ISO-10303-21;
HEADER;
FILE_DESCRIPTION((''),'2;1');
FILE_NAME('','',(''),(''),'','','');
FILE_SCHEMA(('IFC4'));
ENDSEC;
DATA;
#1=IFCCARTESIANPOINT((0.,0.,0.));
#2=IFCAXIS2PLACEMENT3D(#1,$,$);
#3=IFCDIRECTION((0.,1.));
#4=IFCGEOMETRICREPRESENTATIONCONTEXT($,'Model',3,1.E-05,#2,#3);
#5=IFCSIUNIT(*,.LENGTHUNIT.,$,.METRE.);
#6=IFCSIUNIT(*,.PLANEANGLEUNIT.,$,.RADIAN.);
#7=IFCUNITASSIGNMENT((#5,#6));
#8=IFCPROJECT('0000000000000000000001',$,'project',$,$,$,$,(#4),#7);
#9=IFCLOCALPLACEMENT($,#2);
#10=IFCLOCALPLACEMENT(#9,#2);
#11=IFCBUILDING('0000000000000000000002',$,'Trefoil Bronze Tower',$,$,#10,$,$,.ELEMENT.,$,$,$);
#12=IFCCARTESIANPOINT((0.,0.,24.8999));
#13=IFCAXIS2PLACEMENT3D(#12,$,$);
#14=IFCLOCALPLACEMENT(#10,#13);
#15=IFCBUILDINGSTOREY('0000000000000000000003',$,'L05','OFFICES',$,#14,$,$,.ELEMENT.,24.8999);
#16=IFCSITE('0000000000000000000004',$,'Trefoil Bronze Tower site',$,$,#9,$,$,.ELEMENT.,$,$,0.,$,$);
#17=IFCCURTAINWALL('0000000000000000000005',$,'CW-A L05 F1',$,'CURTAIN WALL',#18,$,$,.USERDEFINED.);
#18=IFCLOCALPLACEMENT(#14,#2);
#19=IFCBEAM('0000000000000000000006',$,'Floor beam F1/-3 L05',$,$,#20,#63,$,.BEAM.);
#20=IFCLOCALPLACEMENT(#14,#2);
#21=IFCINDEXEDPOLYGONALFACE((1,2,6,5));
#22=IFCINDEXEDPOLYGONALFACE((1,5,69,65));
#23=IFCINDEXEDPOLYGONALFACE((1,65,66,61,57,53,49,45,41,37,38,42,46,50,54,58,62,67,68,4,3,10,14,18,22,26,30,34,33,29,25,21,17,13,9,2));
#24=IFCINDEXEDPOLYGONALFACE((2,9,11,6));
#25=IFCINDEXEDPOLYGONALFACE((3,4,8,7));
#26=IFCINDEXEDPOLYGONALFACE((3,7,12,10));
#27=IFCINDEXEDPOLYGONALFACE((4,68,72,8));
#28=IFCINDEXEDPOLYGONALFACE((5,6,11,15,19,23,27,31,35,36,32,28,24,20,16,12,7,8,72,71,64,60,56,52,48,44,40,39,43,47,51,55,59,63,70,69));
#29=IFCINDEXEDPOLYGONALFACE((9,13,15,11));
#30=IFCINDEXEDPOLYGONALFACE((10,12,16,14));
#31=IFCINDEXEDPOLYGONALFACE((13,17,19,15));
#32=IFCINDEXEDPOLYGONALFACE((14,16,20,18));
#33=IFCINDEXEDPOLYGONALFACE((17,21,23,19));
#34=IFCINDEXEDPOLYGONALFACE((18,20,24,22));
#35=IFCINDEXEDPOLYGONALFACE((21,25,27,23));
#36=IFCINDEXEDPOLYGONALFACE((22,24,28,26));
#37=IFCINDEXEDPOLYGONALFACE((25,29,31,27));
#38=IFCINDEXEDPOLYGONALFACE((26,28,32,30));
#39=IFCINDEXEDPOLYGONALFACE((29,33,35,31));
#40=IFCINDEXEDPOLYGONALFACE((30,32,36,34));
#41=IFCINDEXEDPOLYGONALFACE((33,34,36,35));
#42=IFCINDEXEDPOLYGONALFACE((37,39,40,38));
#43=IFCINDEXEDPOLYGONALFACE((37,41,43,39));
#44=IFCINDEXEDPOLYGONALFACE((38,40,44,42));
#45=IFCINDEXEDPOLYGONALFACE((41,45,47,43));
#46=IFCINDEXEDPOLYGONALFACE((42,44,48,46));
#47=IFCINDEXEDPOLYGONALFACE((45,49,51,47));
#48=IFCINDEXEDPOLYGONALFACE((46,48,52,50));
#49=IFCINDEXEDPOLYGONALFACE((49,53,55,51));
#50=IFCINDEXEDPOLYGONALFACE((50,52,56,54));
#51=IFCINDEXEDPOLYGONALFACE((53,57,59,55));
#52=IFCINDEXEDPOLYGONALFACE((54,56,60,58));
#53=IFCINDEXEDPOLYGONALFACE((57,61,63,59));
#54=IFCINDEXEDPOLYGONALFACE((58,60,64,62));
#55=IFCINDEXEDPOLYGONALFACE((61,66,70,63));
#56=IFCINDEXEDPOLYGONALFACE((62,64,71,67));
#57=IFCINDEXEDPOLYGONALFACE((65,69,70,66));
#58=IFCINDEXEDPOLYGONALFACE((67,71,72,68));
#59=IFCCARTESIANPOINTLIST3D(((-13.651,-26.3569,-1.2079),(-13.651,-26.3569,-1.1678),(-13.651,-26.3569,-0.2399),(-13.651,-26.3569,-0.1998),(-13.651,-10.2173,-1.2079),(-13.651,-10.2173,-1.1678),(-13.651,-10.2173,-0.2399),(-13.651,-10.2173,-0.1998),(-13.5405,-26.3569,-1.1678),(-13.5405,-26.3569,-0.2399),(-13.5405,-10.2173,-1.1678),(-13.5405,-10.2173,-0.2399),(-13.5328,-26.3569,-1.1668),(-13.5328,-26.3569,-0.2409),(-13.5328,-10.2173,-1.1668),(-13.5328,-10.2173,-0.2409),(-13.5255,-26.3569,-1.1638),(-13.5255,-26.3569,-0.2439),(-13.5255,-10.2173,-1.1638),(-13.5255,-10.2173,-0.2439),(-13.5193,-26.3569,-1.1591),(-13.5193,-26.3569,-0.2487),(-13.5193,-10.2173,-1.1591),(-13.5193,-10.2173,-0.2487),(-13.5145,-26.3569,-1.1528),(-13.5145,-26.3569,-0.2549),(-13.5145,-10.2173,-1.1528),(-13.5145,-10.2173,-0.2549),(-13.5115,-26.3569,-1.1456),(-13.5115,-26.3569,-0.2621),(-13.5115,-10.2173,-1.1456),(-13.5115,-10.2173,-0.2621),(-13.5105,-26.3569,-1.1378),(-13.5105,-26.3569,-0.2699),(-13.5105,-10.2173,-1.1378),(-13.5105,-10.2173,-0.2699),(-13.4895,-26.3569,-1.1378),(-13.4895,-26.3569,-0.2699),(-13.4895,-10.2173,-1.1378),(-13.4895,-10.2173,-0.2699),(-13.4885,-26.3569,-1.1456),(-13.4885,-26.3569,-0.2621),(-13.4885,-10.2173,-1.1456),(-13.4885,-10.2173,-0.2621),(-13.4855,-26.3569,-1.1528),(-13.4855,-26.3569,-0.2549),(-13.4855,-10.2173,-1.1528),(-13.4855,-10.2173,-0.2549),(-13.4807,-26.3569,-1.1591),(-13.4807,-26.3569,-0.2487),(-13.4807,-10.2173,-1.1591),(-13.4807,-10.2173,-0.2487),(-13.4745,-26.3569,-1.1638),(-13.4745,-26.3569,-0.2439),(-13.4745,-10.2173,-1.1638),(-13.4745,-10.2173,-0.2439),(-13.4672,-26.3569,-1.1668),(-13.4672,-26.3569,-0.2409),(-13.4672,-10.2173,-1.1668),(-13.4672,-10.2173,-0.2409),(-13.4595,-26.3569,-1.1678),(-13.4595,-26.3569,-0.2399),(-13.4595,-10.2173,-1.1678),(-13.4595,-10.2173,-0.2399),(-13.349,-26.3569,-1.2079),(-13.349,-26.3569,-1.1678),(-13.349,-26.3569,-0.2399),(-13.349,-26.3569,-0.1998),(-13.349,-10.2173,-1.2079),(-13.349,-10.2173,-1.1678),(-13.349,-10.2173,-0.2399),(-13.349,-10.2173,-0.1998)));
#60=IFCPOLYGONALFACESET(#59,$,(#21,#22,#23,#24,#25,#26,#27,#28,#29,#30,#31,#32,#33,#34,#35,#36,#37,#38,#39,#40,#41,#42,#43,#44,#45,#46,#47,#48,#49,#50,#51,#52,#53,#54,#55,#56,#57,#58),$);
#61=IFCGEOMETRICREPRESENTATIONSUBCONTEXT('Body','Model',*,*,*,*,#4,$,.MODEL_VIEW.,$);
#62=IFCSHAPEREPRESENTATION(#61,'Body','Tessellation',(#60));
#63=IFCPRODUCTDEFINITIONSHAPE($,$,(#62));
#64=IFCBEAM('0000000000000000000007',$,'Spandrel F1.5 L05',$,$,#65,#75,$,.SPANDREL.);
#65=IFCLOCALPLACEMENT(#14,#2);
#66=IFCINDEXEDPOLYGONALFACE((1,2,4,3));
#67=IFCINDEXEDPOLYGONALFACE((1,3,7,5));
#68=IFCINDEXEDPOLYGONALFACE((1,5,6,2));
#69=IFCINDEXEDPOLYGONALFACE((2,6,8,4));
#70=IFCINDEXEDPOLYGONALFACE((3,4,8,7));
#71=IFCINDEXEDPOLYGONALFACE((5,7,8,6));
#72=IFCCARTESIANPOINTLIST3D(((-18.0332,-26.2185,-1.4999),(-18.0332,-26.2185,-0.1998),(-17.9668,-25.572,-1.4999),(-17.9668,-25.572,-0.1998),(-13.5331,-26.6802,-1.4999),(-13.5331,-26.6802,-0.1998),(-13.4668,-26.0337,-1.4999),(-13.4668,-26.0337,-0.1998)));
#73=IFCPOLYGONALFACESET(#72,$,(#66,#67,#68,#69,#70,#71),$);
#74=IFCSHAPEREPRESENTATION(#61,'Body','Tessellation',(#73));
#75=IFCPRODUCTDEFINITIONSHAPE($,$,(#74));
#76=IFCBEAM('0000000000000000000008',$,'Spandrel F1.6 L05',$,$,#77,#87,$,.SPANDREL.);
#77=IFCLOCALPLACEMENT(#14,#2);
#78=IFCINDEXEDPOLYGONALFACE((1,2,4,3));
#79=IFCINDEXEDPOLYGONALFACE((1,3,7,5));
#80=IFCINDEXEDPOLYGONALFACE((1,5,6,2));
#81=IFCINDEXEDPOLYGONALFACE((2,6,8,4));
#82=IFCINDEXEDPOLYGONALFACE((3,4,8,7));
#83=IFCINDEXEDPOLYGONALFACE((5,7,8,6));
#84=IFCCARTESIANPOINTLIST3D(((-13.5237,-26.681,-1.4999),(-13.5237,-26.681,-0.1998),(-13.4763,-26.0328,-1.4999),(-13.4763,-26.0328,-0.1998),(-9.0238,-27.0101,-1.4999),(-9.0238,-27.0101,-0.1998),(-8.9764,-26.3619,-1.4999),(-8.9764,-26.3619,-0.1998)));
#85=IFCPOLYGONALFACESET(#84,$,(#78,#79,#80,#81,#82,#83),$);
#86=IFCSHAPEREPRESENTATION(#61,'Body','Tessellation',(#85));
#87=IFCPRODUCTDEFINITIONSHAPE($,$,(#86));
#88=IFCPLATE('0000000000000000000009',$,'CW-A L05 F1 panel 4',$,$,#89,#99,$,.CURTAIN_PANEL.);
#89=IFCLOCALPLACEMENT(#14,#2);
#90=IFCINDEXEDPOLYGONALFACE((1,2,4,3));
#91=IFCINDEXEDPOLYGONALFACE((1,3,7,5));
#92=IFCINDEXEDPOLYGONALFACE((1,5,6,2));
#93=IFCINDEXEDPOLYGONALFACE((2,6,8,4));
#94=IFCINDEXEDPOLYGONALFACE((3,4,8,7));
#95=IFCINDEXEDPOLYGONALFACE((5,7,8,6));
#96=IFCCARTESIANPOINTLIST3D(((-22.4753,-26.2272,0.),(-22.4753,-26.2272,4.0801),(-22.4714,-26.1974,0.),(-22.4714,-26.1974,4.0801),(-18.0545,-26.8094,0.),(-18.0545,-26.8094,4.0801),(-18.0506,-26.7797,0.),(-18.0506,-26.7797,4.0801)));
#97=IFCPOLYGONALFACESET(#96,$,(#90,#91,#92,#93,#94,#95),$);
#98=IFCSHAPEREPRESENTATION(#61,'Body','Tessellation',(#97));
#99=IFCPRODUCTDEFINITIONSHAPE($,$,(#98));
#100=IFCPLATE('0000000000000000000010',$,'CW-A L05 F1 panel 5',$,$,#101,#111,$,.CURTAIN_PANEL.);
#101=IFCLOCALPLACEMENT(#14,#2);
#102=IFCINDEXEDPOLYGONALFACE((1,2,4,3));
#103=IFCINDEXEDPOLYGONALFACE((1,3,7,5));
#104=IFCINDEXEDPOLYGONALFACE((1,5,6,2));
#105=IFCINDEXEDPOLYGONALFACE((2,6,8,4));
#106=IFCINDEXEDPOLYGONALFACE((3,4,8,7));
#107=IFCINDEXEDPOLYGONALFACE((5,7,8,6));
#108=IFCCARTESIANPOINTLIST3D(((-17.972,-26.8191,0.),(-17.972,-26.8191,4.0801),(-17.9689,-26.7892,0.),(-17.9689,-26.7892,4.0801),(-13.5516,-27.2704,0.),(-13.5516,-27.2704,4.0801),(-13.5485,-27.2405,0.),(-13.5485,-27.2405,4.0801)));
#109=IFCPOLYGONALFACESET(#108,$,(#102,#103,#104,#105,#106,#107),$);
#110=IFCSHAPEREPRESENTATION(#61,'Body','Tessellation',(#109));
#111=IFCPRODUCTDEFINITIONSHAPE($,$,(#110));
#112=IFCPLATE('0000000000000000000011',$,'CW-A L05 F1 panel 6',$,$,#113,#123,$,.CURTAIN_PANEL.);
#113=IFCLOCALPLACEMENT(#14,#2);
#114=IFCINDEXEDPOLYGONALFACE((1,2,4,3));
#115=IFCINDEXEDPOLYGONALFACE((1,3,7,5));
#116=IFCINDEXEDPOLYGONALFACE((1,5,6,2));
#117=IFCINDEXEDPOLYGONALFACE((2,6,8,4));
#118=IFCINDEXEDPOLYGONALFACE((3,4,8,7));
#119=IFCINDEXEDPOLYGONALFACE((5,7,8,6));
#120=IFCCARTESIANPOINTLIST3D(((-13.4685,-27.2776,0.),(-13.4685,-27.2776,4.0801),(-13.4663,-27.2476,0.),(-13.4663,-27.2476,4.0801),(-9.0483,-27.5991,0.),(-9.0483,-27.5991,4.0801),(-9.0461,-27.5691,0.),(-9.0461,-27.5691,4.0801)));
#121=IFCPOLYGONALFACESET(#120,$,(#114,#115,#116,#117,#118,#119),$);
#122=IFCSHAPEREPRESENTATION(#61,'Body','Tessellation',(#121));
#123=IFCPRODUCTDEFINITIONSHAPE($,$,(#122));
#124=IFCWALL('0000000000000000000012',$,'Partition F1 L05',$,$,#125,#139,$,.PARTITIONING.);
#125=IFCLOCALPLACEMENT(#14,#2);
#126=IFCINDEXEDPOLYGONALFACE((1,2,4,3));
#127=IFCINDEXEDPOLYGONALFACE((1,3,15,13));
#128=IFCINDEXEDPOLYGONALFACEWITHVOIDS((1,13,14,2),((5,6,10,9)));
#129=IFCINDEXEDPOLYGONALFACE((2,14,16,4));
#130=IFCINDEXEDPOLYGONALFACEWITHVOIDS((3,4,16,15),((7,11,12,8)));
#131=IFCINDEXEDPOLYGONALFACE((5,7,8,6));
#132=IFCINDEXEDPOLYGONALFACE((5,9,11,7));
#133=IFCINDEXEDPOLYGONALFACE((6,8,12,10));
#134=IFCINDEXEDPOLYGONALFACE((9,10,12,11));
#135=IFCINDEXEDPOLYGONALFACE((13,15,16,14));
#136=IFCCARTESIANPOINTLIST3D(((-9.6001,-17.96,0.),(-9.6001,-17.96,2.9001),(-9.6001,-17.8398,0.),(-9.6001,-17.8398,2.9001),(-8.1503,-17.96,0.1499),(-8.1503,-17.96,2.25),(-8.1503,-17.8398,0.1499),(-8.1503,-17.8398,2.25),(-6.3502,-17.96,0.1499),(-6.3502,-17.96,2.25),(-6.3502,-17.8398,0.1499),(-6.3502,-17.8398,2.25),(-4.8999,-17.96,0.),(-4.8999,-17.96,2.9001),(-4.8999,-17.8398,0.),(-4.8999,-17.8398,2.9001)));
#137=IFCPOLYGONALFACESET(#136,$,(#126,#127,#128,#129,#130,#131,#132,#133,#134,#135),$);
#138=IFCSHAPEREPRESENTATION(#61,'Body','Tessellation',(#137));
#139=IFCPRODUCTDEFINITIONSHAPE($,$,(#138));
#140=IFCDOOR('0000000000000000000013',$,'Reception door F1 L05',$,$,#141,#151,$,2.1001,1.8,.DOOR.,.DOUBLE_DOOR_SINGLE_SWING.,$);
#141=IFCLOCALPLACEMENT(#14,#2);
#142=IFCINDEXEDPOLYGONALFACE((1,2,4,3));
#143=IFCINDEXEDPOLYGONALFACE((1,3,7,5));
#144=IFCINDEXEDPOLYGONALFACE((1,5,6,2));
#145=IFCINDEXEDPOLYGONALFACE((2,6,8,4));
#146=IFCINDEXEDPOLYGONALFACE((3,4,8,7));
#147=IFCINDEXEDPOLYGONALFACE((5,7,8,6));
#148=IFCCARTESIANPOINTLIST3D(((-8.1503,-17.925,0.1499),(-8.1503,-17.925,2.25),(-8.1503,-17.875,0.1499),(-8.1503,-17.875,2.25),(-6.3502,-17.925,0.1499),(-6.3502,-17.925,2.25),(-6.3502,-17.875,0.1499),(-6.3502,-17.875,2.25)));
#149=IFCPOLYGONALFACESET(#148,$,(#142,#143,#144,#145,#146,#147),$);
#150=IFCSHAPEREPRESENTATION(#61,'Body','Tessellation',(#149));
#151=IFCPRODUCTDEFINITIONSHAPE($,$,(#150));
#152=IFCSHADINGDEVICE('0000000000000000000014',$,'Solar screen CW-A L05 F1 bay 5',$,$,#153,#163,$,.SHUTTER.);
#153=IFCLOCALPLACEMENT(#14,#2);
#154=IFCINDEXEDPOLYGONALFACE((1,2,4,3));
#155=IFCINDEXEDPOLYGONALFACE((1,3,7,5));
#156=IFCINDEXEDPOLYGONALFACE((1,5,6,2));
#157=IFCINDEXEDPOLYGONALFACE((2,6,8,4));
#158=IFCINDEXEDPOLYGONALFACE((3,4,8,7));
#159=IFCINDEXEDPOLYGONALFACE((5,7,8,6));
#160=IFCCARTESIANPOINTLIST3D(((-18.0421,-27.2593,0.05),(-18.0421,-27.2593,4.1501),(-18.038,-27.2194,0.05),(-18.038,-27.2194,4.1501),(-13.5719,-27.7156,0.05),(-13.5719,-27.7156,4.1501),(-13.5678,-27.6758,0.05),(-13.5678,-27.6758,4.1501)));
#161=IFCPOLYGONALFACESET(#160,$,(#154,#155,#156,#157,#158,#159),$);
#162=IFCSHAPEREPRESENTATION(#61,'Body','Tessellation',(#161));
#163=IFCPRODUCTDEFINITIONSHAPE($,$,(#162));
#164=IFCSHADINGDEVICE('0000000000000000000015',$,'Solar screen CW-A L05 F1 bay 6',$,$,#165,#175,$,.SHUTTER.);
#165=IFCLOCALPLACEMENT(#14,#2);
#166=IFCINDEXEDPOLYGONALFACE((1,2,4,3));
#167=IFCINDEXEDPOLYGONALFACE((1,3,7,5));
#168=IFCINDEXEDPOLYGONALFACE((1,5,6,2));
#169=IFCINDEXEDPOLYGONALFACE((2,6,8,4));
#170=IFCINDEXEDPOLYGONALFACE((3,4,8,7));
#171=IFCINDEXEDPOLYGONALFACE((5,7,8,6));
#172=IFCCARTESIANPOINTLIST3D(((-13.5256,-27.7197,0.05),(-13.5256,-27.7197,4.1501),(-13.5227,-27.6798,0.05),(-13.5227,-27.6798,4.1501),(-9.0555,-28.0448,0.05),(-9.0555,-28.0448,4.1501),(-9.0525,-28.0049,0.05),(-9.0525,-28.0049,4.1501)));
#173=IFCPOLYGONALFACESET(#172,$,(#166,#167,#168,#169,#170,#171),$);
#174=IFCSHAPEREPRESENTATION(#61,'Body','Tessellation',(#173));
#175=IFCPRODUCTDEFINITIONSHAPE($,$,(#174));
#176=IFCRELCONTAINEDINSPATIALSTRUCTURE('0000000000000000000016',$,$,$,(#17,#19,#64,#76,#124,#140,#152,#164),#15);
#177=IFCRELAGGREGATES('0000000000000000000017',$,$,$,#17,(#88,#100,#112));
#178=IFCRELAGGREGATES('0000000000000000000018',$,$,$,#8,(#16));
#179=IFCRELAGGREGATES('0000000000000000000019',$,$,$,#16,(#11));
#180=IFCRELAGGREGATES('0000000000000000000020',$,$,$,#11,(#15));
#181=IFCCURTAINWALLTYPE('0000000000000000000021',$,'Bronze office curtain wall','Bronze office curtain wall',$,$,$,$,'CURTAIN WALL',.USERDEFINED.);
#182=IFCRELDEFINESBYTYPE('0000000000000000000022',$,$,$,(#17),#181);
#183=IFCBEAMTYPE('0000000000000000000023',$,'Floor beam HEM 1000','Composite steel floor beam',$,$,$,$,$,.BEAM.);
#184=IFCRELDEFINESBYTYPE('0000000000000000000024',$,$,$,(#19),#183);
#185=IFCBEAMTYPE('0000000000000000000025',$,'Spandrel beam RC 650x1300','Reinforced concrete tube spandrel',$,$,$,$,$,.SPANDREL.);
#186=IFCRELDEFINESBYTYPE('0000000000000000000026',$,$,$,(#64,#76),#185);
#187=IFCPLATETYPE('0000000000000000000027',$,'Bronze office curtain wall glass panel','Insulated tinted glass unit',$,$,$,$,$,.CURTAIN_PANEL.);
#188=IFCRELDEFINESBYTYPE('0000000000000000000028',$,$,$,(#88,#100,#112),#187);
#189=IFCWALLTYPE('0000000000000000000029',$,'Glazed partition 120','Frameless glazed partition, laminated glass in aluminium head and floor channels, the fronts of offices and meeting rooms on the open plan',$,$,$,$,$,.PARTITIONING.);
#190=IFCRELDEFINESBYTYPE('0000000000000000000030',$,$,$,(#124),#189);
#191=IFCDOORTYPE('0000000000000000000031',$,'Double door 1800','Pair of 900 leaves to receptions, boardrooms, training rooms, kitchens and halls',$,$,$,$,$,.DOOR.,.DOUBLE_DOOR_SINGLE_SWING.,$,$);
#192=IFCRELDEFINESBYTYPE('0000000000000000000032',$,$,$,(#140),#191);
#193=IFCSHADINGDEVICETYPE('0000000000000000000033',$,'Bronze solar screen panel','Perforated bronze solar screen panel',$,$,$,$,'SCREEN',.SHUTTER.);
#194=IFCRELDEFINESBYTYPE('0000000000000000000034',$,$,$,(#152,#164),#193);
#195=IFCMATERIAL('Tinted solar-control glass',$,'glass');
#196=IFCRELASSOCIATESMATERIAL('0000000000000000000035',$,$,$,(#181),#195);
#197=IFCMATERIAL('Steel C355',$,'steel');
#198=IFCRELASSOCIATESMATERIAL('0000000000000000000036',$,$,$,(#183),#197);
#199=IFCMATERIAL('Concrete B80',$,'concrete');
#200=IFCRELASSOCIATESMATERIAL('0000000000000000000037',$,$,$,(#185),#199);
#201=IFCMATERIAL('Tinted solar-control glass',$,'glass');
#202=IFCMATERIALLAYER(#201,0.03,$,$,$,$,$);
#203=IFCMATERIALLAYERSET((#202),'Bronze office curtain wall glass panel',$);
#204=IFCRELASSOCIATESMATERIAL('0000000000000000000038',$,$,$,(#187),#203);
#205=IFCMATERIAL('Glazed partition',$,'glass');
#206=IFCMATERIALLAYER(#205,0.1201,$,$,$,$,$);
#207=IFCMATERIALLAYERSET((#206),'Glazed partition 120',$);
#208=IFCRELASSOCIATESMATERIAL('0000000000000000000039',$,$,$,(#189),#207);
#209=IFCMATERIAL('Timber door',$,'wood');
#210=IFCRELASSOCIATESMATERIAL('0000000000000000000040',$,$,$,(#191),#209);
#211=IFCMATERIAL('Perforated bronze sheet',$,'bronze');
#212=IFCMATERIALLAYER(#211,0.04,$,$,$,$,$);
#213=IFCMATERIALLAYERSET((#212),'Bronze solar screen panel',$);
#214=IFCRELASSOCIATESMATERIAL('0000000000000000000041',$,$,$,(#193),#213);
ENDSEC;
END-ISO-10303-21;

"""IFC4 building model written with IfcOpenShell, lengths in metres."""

from ifc_helpers import new_model, si_unit, direction, frame, frame_2d, origin, origin_2d, place, context, subcontext, project, spatial, rectangle, i_section, extrude, material, layer, layer_set, material_profile, profile_set, type_object, element, fill, aggregate, save


model = new_model("IFC4")

# Units and contexts
model_context = context("Model", 3, precision=1e-05, world=origin(), true_north=direction((0.0, 1.0)))
body_context = subcontext(model_context, "Body", "Model", "MODEL_VIEW")
ifc_project = project(units=[si_unit("LENGTHUNIT", "METRE"), si_unit("PLANEANGLEUNIT", "RADIAN")], contexts=[model_context])

# Site, building, storey
site_placement = place(None, origin())
site = spatial("IfcSite", under=ifc_project, at=site_placement, Name="Trefoil Bronze Tower site", CompositionType="ELEMENT", RefElevation=0.0)
building_placement = place(site_placement, origin())
building = spatial("IfcBuilding", under=site, at=building_placement, Name="Trefoil Bronze Tower", CompositionType="ELEMENT")
storey_placement = place(building_placement, frame((0.0, 0.0, 24.8999)))
storey = spatial("IfcBuildingStorey", under=building, at=storey_placement, Name="L05", Description="OFFICES", CompositionType="ELEMENT", Elevation=24.8999)

# Curtain wall
ifc_material_1 = material(Name="Tinted solar-control glass", Category="glass")
curtain_wall_type = type_object("IfcCurtainWallType", Name="Bronze office curtain wall", Description="Bronze office curtain wall", ElementType="CURTAIN WALL", PredefinedType="USERDEFINED", material=ifc_material_1)
curtain_wall_placement = place(storey_placement, origin())
curtain_wall = element("IfcCurtainWall", 1, at=curtain_wall_placement, inside=storey, type_object=curtain_wall_type, Name="CW-A L05 F1", ObjectType="CURTAIN WALL", PredefinedType="USERDEFINED")

# Beams
ifc_material_2 = material(Name="Steel C355", Category="steel")
ifc_material_profile_1 = material_profile(ifc_material_2, i_section(OverallWidth=0.302, OverallDepth=1.0081, WebThickness=0.021, FlangeThickness=0.04, FilletRadius=0.03, at=origin_2d()), Name="HEM 1000")
ifc_profile_set_1 = profile_set([ifc_material_profile_1], Name="Steel C355")
beam_type_1 = type_object("IfcBeamType", Name="Floor beam HEM 1000", Description="Composite steel floor beam", PredefinedType="BEAM", material=ifc_profile_set_1)
beam_1_placement = place(storey_placement, frame((-13.5, -26.3569, -0.7039), z_axis=(0.0, 1.0, 0.0), x_axis=(-1.0, 0.0, 0.0)))
element("IfcBeam", 2, at=beam_1_placement, inside=storey, type_object=beam_type_1, Name="Floor beam F1/-3 L05", PredefinedType="BEAM", context=body_context, shape_type="SweptSolid", body=[
    extrude(i_section(OverallWidth=0.302, OverallDepth=1.0081, WebThickness=0.021, FlangeThickness=0.04, FilletRadius=0.03, at=origin_2d()), origin(), (0.0, 0.0, 1.0), 16.1396),
])
ifc_material_3 = material(Name="Concrete B80", Category="concrete")
ifc_material_profile_2 = material_profile(ifc_material_3, rectangle(XDim=0.6499, YDim=1.3, at=origin_2d()), Name="RC 650x1300")
ifc_profile_set_2 = profile_set([ifc_material_profile_2], Name="Concrete B80")
beam_type_2 = type_object("IfcBeamType", Name="Spandrel beam RC 650x1300", Description="Reinforced concrete tube spandrel", PredefinedType="SPANDREL", material=ifc_profile_set_2)
beam_2_placement = place(storey_placement, frame((-18.0, -25.8953, -0.8499), z_axis=(0.994778, -0.102058, 0.0), x_axis=(0.102058, 0.994778, 0.0)))
element("IfcBeam", 3, at=beam_2_placement, inside=storey, type_object=beam_type_2, Name="Spandrel F1.5 L05", PredefinedType="SPANDREL", context=body_context, shape_type="SweptSolid", body=[
    extrude(rectangle(XDim=0.6499, YDim=1.3, at=origin_2d()), origin(), (0.0, 0.0, 1.0), 4.5237),
])
beam_3_placement = place(storey_placement, frame((-13.5, -26.3569, -0.8499), z_axis=(0.997336, -0.072939, 0.0), x_axis=(0.072939, 0.997336, 0.0)))
element("IfcBeam", 4, at=beam_3_placement, inside=storey, type_object=beam_type_2, Name="Spandrel F1.6 L05", PredefinedType="SPANDREL", context=body_context, shape_type="SweptSolid", body=[
    extrude(rectangle(XDim=0.6499, YDim=1.3, at=origin_2d()), origin(), (0.0, 0.0, 1.0), 4.512),
])

# Plates
ifc_material_4 = material(Name="Tinted solar-control glass", Category="glass")
ifc_layer_1 = layer(ifc_material_4, 0.03)
ifc_layer_set_1 = layer_set([ifc_layer_1], Name="Bronze office curtain wall glass panel")
plate_type = type_object("IfcPlateType", Name="Bronze office curtain wall glass panel", Description="Insulated tinted glass unit", PredefinedType="CURTAIN_PANEL", material=ifc_layer_set_1)
plate_1_placement = place(storey_placement, frame((-20.2629, -26.5034, 0.0), z_axis=(0.0, 0.0, 1.0), x_axis=(0.991437, -0.130584, 0.0)))
plate_1 = element("IfcPlate", 5, at=plate_1_placement, type_object=plate_type, Name="CW-A L05 F1 panel 4", PredefinedType="CURTAIN_PANEL", context=body_context, shape_type="SweptSolid", body=[
    extrude(rectangle(XDim=4.459, YDim=0.03, at=origin_2d()), origin(), (0.0, 0.0, 1.0), 4.0801),
])
plate_2_placement = place(storey_placement, frame((-15.7603, -27.0298, 0.0), z_axis=(0.0, 0.0, 1.0), x_axis=(0.994829, -0.101565, 0.0)))
plate_2 = element("IfcPlate", 6, at=plate_2_placement, type_object=plate_type, Name="CW-A L05 F1 panel 5", PredefinedType="CURTAIN_PANEL", context=body_context, shape_type="SweptSolid", body=[
    extrude(rectangle(XDim=4.4434, YDim=0.03, at=origin_2d()), origin(), (0.0, 0.0, 1.0), 4.0801),
])
plate_3_placement = place(storey_placement, frame((-11.2573, -27.4233, 0.0), z_axis=(0.0, 0.0, 1.0), x_axis=(0.997365, -0.072547, 0.0)))
plate_3 = element("IfcPlate", 7, at=plate_3_placement, type_object=plate_type, Name="CW-A L05 F1 panel 6", PredefinedType="CURTAIN_PANEL", context=body_context, shape_type="SweptSolid", body=[
    extrude(rectangle(XDim=4.4319, YDim=0.03, at=origin_2d()), origin(), (0.0, 0.0, 1.0), 4.0801),
])
aggregate(curtain_wall, [plate_1, plate_2, plate_3])

# Wall, opening, door
ifc_material_5 = material(Name="Glazed partition", Category="glass")
ifc_layer_2 = layer(ifc_material_5, 0.1201)
ifc_layer_set_2 = layer_set([ifc_layer_2], Name="Glazed partition 120")
wall_type = type_object("IfcWallType", Name="Glazed partition 120", Description="Frameless glazed partition, laminated glass in aluminium head and floor channels, the fronts of offices and meeting rooms on the open plan", PredefinedType="PARTITIONING", material=ifc_layer_set_2)
wall_placement = place(storey_placement, frame((-9.6001, -17.8999, 0.0), z_axis=(0.0, 0.0, 1.0), x_axis=(1.0, 0.0, 0.0)))
wall = element("IfcWall", 8, at=wall_placement, inside=storey, type_object=wall_type, Name="Partition F1 L05", PredefinedType="PARTITIONING", context=body_context, shape_type="SweptSolid", body=[
    extrude(rectangle(XDim=4.7002, YDim=0.1201, at=frame_2d((2.3501, 0.0))), origin(), (0.0, 0.0, 1.0), 2.9001),
])
opening_placement = place(wall_placement, frame((1.45, 0.0, 0.1499)))
opening = element("IfcOpeningElement", 9, at=opening_placement, cuts=wall, PredefinedType="OPENING", context=body_context, shape_type="SweptSolid", body=[
    extrude(rectangle(XDim=1.8, YDim=2.1001, at=frame_2d((0.8999, 1.05))), frame((0.0, 0.0701, 0.0), z_axis=(0.0, -1.0, 0.0), x_axis=(1.0, 0.0, 0.0)), (0.0, 0.0, 1.0), 0.1401),
])
ifc_material_6 = material(Name="Timber door", Category="wood")
door_type = type_object("IfcDoorType", Name="Double door 1800", Description="Pair of 900 leaves to receptions, boardrooms, training rooms, kitchens and halls", OperationType="DOUBLE_DOOR_SINGLE_SWING", PredefinedType="DOOR", material=ifc_material_6)
door_placement = place(opening_placement, origin())
door = element("IfcDoor", 10, at=door_placement, inside=storey, type_object=door_type, Name="Reception door F1 L05", OperationType="DOUBLE_DOOR_SINGLE_SWING", OverallHeight=2.1001, OverallWidth=1.8, PredefinedType="DOOR", context=body_context, shape_type="SweptSolid", body=[
    extrude(rectangle(XDim=1.8, YDim=2.1001, at=frame_2d((0.8999, 1.05))), frame((0.0, 0.0249, 0.0), z_axis=(0.0, -1.0, 0.0), x_axis=(1.0, 0.0, 0.0)), (0.0, 0.0, 1.0), 0.05),
])
fill(opening, door)

# Shading devices
ifc_material_7 = material(Name="Perforated bronze sheet", Category="bronze")
ifc_layer_3 = layer(ifc_material_7, 0.04)
ifc_layer_set_3 = layer_set([ifc_layer_3], Name="Bronze solar screen panel")
shading_device_type = type_object("IfcShadingDeviceType", Name="Bronze solar screen panel", Description="Perforated bronze solar screen panel", ElementType="SCREEN", PredefinedType="SHUTTER", material=ifc_layer_set_3)
shading_device_1_placement = place(storey_placement, frame((-15.8049, -27.4675, 0.05), z_axis=(0.0, 0.0, 1.0), x_axis=(0.994829, -0.101565, 0.0)))
element("IfcShadingDevice", 11, at=shading_device_1_placement, inside=storey, type_object=shading_device_type, Name="Solar screen CW-A L05 F1 bay 5", PredefinedType="SHUTTER", context=body_context, shape_type="SweptSolid", body=[
    extrude(rectangle(XDim=4.4934, YDim=0.04, at=origin_2d()), origin(), (0.0, 0.0, 1.0), 4.1001),
])
shading_device_2_placement = place(storey_placement, frame((-11.2891, -27.8623, 0.05), z_axis=(0.0, 0.0, 1.0), x_axis=(0.997365, -0.072547, 0.0)))
element("IfcShadingDevice", 12, at=shading_device_2_placement, inside=storey, type_object=shading_device_type, Name="Solar screen CW-A L05 F1 bay 6", PredefinedType="SHUTTER", context=body_context, shape_type="SweptSolid", body=[
    extrude(rectangle(XDim=4.4819, YDim=0.04, at=origin_2d()), origin(), (0.0, 0.0, 1.0), 4.1001),
])

save(model, "model.ifc")
